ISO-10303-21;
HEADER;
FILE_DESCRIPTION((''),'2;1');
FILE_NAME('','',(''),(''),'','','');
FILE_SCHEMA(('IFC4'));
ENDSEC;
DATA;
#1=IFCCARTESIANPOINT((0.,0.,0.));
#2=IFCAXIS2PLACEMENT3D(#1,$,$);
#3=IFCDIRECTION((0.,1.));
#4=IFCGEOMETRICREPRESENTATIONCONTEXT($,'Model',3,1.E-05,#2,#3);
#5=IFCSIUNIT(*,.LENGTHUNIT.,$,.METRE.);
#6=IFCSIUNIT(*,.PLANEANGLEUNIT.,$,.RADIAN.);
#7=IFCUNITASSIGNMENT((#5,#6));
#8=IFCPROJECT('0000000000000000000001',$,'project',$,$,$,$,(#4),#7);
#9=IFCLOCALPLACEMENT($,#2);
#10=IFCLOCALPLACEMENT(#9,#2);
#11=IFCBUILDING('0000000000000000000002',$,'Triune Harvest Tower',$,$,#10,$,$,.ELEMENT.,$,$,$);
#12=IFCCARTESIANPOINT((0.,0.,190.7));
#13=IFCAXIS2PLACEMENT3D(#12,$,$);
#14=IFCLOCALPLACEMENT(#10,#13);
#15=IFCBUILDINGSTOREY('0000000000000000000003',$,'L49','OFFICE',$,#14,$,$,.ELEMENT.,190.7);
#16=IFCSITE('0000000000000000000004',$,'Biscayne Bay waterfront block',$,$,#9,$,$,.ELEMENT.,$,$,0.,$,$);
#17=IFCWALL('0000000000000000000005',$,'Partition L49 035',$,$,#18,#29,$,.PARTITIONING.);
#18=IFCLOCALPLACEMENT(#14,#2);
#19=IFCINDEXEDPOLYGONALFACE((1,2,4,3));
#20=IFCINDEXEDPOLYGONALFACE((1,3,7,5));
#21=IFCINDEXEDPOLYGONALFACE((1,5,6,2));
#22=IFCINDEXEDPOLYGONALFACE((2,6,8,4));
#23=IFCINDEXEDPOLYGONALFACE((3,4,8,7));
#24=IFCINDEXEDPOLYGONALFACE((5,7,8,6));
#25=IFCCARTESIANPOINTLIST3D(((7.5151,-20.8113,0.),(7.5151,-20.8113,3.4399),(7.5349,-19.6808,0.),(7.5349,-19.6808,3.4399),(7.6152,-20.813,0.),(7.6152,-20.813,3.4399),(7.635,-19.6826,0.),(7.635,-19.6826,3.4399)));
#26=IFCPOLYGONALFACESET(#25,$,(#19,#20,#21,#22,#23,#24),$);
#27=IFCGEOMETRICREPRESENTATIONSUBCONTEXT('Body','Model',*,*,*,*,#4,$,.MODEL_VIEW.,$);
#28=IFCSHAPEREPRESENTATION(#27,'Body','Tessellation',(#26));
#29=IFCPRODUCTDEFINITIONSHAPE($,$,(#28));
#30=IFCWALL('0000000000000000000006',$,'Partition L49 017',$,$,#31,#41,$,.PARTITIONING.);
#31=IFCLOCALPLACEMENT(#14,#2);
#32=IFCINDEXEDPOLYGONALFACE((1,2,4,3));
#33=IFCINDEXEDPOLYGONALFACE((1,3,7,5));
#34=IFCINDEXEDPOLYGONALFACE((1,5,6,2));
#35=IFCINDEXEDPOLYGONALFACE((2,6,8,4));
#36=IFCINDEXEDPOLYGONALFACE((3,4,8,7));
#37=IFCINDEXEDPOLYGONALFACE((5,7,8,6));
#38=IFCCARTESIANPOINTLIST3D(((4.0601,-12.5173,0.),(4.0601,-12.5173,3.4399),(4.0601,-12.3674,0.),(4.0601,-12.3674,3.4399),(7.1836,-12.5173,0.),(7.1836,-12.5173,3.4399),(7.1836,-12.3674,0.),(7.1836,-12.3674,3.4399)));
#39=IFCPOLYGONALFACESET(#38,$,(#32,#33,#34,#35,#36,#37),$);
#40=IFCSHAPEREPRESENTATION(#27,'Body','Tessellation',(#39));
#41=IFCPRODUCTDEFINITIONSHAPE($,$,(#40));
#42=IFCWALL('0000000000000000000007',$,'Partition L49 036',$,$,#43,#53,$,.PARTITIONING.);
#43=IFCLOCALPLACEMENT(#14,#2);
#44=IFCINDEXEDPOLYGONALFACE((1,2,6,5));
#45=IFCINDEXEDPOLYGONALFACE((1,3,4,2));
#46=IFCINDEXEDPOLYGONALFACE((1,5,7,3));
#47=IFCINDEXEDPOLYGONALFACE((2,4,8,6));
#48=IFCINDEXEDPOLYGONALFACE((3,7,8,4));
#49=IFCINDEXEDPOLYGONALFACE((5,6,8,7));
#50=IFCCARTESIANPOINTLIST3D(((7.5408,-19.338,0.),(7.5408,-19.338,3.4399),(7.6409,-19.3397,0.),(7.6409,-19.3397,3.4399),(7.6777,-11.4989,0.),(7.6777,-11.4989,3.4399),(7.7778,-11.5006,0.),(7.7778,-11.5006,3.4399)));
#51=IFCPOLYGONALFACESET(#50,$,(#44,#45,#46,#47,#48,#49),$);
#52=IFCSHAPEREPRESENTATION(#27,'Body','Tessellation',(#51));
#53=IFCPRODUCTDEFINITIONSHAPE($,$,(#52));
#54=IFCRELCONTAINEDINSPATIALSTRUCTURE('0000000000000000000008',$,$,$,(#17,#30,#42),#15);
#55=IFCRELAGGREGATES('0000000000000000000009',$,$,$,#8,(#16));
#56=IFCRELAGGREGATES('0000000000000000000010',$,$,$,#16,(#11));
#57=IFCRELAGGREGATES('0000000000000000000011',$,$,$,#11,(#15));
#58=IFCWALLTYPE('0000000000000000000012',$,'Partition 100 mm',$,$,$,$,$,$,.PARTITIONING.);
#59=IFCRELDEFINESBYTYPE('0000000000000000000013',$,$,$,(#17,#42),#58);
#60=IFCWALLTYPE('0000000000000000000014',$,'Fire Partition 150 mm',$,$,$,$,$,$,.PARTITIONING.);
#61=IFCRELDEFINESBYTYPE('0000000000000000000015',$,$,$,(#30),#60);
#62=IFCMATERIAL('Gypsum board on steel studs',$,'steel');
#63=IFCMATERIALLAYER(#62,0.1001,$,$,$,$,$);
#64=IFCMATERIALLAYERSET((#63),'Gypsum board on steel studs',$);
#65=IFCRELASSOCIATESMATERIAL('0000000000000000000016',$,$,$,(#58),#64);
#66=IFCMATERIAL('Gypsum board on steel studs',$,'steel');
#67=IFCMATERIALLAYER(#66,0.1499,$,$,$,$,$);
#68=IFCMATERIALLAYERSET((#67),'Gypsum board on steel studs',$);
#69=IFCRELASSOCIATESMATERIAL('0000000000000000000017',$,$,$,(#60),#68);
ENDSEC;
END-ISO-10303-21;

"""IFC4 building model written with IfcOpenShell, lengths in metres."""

from ifc_helpers import new_model, si_unit, direction, frame, frame_2d, origin, place, context, subcontext, project, spatial, rectangle, extrude, source, transform, mapped, material, layer, layer_set, type_object, element, save


model = new_model("IFC4")

# Units and contexts
model_context = context("Model", 3, precision=1e-05, world=origin(), true_north=direction((0.0, 1.0)))
body_context = subcontext(model_context, "Body", "Model", "MODEL_VIEW")
ifc_project = project(units=[si_unit("LENGTHUNIT", "METRE"), si_unit("PLANEANGLEUNIT", "RADIAN")], contexts=[model_context])

# Site, building, storey
site_placement = place(None, origin())
site = spatial("IfcSite", under=ifc_project, at=site_placement, Name="Biscayne Bay waterfront block", CompositionType="ELEMENT", RefElevation=0.0)
building_placement = place(site_placement, origin())
building = spatial("IfcBuilding", under=site, at=building_placement, Name="Triune Harvest Tower", CompositionType="ELEMENT")
storey_placement = place(building_placement, frame((0.0, 0.0, 190.7)))
storey = spatial("IfcBuildingStorey", under=building, at=storey_placement, Name="L49", Description="OFFICE", CompositionType="ELEMENT", Elevation=190.7)

# Walls
ifc_material_1 = material(Name="Gypsum board on steel studs", Category="steel")
ifc_layer_1 = layer(ifc_material_1, 0.1001)
ifc_layer_set_1 = layer_set([ifc_layer_1], Name="Gypsum board on steel studs")
wall_type_1 = type_object("IfcWallType", Name="Partition 100 mm", PredefinedType="PARTITIONING", material=ifc_layer_set_1)
shared_shape_1 = source(origin(), body_context, "Body", "SweptSolid", [
    extrude(rectangle(XDim=1.1306, YDim=0.1001, at=frame_2d((0.5654, 0.0))), origin(), (0.0, 0.0, 1.0), 3.4399),
])
for number, where, z_axis, x_axis, name in (
    (1, (7.5652, -20.8123, 0.0), (0.0, 0.0, 1.0), (0.017492, 0.999847, 0.0), "Partition L49 035"),
):
    element("IfcWall", number, at=place(storey_placement, frame(where, z_axis=z_axis, x_axis=x_axis)), inside=storey, type_object=wall_type_1, Name=name, PredefinedType="PARTITIONING", context=body_context, shape_type="MappedRepresentation", body=[
        mapped(shared_shape_1, transform((0.0, 0.0, 0.0), scale=1.0)),
    ])
ifc_material_2 = material(Name="Gypsum board on steel studs", Category="steel")
ifc_layer_2 = layer(ifc_material_2, 0.1499)
ifc_layer_set_2 = layer_set([ifc_layer_2], Name="Gypsum board on steel studs")
wall_type_2 = type_object("IfcWallType", Name="Fire Partition 150 mm", PredefinedType="PARTITIONING", material=ifc_layer_set_2)
shared_shape_2 = source(origin(), body_context, "Body", "SweptSolid", [
    extrude(rectangle(XDim=3.1235, YDim=0.1499, at=frame_2d((1.5618, 0.0))), origin(), (0.0, 0.0, 1.0), 3.4399),
])
wall_1_placement = place(storey_placement, frame((4.0601, -12.4424, 0.0), z_axis=(0.0, 0.0, 1.0), x_axis=(1.0, 0.0, 0.0)))
element("IfcWall", 2, at=wall_1_placement, inside=storey, type_object=wall_type_2, Name="Partition L49 017", PredefinedType="PARTITIONING", context=body_context, shape_type="MappedRepresentation", body=[
    mapped(shared_shape_2, transform((0.0, 0.0, 0.0), scale=1.0)),
])
shared_shape_3 = source(origin(), body_context, "Body", "SweptSolid", [
    extrude(rectangle(XDim=7.8403, YDim=0.1001, at=frame_2d((3.9202, 0.0))), origin(), (0.0, 0.0, 1.0), 3.4399),
])
wall_2_placement = place(storey_placement, frame((7.5908, -19.3389, 0.0), z_axis=(0.0, 0.0, 1.0), x_axis=(0.017469, 0.999847, 0.0)))
element("IfcWall", 3, at=wall_2_placement, inside=storey, type_object=wall_type_1, Name="Partition L49 036", PredefinedType="PARTITIONING", context=body_context, shape_type="MappedRepresentation", body=[
    mapped(shared_shape_3, transform((0.0, 0.0, 0.0), scale=1.0)),
])

save(model, "model.ifc")
